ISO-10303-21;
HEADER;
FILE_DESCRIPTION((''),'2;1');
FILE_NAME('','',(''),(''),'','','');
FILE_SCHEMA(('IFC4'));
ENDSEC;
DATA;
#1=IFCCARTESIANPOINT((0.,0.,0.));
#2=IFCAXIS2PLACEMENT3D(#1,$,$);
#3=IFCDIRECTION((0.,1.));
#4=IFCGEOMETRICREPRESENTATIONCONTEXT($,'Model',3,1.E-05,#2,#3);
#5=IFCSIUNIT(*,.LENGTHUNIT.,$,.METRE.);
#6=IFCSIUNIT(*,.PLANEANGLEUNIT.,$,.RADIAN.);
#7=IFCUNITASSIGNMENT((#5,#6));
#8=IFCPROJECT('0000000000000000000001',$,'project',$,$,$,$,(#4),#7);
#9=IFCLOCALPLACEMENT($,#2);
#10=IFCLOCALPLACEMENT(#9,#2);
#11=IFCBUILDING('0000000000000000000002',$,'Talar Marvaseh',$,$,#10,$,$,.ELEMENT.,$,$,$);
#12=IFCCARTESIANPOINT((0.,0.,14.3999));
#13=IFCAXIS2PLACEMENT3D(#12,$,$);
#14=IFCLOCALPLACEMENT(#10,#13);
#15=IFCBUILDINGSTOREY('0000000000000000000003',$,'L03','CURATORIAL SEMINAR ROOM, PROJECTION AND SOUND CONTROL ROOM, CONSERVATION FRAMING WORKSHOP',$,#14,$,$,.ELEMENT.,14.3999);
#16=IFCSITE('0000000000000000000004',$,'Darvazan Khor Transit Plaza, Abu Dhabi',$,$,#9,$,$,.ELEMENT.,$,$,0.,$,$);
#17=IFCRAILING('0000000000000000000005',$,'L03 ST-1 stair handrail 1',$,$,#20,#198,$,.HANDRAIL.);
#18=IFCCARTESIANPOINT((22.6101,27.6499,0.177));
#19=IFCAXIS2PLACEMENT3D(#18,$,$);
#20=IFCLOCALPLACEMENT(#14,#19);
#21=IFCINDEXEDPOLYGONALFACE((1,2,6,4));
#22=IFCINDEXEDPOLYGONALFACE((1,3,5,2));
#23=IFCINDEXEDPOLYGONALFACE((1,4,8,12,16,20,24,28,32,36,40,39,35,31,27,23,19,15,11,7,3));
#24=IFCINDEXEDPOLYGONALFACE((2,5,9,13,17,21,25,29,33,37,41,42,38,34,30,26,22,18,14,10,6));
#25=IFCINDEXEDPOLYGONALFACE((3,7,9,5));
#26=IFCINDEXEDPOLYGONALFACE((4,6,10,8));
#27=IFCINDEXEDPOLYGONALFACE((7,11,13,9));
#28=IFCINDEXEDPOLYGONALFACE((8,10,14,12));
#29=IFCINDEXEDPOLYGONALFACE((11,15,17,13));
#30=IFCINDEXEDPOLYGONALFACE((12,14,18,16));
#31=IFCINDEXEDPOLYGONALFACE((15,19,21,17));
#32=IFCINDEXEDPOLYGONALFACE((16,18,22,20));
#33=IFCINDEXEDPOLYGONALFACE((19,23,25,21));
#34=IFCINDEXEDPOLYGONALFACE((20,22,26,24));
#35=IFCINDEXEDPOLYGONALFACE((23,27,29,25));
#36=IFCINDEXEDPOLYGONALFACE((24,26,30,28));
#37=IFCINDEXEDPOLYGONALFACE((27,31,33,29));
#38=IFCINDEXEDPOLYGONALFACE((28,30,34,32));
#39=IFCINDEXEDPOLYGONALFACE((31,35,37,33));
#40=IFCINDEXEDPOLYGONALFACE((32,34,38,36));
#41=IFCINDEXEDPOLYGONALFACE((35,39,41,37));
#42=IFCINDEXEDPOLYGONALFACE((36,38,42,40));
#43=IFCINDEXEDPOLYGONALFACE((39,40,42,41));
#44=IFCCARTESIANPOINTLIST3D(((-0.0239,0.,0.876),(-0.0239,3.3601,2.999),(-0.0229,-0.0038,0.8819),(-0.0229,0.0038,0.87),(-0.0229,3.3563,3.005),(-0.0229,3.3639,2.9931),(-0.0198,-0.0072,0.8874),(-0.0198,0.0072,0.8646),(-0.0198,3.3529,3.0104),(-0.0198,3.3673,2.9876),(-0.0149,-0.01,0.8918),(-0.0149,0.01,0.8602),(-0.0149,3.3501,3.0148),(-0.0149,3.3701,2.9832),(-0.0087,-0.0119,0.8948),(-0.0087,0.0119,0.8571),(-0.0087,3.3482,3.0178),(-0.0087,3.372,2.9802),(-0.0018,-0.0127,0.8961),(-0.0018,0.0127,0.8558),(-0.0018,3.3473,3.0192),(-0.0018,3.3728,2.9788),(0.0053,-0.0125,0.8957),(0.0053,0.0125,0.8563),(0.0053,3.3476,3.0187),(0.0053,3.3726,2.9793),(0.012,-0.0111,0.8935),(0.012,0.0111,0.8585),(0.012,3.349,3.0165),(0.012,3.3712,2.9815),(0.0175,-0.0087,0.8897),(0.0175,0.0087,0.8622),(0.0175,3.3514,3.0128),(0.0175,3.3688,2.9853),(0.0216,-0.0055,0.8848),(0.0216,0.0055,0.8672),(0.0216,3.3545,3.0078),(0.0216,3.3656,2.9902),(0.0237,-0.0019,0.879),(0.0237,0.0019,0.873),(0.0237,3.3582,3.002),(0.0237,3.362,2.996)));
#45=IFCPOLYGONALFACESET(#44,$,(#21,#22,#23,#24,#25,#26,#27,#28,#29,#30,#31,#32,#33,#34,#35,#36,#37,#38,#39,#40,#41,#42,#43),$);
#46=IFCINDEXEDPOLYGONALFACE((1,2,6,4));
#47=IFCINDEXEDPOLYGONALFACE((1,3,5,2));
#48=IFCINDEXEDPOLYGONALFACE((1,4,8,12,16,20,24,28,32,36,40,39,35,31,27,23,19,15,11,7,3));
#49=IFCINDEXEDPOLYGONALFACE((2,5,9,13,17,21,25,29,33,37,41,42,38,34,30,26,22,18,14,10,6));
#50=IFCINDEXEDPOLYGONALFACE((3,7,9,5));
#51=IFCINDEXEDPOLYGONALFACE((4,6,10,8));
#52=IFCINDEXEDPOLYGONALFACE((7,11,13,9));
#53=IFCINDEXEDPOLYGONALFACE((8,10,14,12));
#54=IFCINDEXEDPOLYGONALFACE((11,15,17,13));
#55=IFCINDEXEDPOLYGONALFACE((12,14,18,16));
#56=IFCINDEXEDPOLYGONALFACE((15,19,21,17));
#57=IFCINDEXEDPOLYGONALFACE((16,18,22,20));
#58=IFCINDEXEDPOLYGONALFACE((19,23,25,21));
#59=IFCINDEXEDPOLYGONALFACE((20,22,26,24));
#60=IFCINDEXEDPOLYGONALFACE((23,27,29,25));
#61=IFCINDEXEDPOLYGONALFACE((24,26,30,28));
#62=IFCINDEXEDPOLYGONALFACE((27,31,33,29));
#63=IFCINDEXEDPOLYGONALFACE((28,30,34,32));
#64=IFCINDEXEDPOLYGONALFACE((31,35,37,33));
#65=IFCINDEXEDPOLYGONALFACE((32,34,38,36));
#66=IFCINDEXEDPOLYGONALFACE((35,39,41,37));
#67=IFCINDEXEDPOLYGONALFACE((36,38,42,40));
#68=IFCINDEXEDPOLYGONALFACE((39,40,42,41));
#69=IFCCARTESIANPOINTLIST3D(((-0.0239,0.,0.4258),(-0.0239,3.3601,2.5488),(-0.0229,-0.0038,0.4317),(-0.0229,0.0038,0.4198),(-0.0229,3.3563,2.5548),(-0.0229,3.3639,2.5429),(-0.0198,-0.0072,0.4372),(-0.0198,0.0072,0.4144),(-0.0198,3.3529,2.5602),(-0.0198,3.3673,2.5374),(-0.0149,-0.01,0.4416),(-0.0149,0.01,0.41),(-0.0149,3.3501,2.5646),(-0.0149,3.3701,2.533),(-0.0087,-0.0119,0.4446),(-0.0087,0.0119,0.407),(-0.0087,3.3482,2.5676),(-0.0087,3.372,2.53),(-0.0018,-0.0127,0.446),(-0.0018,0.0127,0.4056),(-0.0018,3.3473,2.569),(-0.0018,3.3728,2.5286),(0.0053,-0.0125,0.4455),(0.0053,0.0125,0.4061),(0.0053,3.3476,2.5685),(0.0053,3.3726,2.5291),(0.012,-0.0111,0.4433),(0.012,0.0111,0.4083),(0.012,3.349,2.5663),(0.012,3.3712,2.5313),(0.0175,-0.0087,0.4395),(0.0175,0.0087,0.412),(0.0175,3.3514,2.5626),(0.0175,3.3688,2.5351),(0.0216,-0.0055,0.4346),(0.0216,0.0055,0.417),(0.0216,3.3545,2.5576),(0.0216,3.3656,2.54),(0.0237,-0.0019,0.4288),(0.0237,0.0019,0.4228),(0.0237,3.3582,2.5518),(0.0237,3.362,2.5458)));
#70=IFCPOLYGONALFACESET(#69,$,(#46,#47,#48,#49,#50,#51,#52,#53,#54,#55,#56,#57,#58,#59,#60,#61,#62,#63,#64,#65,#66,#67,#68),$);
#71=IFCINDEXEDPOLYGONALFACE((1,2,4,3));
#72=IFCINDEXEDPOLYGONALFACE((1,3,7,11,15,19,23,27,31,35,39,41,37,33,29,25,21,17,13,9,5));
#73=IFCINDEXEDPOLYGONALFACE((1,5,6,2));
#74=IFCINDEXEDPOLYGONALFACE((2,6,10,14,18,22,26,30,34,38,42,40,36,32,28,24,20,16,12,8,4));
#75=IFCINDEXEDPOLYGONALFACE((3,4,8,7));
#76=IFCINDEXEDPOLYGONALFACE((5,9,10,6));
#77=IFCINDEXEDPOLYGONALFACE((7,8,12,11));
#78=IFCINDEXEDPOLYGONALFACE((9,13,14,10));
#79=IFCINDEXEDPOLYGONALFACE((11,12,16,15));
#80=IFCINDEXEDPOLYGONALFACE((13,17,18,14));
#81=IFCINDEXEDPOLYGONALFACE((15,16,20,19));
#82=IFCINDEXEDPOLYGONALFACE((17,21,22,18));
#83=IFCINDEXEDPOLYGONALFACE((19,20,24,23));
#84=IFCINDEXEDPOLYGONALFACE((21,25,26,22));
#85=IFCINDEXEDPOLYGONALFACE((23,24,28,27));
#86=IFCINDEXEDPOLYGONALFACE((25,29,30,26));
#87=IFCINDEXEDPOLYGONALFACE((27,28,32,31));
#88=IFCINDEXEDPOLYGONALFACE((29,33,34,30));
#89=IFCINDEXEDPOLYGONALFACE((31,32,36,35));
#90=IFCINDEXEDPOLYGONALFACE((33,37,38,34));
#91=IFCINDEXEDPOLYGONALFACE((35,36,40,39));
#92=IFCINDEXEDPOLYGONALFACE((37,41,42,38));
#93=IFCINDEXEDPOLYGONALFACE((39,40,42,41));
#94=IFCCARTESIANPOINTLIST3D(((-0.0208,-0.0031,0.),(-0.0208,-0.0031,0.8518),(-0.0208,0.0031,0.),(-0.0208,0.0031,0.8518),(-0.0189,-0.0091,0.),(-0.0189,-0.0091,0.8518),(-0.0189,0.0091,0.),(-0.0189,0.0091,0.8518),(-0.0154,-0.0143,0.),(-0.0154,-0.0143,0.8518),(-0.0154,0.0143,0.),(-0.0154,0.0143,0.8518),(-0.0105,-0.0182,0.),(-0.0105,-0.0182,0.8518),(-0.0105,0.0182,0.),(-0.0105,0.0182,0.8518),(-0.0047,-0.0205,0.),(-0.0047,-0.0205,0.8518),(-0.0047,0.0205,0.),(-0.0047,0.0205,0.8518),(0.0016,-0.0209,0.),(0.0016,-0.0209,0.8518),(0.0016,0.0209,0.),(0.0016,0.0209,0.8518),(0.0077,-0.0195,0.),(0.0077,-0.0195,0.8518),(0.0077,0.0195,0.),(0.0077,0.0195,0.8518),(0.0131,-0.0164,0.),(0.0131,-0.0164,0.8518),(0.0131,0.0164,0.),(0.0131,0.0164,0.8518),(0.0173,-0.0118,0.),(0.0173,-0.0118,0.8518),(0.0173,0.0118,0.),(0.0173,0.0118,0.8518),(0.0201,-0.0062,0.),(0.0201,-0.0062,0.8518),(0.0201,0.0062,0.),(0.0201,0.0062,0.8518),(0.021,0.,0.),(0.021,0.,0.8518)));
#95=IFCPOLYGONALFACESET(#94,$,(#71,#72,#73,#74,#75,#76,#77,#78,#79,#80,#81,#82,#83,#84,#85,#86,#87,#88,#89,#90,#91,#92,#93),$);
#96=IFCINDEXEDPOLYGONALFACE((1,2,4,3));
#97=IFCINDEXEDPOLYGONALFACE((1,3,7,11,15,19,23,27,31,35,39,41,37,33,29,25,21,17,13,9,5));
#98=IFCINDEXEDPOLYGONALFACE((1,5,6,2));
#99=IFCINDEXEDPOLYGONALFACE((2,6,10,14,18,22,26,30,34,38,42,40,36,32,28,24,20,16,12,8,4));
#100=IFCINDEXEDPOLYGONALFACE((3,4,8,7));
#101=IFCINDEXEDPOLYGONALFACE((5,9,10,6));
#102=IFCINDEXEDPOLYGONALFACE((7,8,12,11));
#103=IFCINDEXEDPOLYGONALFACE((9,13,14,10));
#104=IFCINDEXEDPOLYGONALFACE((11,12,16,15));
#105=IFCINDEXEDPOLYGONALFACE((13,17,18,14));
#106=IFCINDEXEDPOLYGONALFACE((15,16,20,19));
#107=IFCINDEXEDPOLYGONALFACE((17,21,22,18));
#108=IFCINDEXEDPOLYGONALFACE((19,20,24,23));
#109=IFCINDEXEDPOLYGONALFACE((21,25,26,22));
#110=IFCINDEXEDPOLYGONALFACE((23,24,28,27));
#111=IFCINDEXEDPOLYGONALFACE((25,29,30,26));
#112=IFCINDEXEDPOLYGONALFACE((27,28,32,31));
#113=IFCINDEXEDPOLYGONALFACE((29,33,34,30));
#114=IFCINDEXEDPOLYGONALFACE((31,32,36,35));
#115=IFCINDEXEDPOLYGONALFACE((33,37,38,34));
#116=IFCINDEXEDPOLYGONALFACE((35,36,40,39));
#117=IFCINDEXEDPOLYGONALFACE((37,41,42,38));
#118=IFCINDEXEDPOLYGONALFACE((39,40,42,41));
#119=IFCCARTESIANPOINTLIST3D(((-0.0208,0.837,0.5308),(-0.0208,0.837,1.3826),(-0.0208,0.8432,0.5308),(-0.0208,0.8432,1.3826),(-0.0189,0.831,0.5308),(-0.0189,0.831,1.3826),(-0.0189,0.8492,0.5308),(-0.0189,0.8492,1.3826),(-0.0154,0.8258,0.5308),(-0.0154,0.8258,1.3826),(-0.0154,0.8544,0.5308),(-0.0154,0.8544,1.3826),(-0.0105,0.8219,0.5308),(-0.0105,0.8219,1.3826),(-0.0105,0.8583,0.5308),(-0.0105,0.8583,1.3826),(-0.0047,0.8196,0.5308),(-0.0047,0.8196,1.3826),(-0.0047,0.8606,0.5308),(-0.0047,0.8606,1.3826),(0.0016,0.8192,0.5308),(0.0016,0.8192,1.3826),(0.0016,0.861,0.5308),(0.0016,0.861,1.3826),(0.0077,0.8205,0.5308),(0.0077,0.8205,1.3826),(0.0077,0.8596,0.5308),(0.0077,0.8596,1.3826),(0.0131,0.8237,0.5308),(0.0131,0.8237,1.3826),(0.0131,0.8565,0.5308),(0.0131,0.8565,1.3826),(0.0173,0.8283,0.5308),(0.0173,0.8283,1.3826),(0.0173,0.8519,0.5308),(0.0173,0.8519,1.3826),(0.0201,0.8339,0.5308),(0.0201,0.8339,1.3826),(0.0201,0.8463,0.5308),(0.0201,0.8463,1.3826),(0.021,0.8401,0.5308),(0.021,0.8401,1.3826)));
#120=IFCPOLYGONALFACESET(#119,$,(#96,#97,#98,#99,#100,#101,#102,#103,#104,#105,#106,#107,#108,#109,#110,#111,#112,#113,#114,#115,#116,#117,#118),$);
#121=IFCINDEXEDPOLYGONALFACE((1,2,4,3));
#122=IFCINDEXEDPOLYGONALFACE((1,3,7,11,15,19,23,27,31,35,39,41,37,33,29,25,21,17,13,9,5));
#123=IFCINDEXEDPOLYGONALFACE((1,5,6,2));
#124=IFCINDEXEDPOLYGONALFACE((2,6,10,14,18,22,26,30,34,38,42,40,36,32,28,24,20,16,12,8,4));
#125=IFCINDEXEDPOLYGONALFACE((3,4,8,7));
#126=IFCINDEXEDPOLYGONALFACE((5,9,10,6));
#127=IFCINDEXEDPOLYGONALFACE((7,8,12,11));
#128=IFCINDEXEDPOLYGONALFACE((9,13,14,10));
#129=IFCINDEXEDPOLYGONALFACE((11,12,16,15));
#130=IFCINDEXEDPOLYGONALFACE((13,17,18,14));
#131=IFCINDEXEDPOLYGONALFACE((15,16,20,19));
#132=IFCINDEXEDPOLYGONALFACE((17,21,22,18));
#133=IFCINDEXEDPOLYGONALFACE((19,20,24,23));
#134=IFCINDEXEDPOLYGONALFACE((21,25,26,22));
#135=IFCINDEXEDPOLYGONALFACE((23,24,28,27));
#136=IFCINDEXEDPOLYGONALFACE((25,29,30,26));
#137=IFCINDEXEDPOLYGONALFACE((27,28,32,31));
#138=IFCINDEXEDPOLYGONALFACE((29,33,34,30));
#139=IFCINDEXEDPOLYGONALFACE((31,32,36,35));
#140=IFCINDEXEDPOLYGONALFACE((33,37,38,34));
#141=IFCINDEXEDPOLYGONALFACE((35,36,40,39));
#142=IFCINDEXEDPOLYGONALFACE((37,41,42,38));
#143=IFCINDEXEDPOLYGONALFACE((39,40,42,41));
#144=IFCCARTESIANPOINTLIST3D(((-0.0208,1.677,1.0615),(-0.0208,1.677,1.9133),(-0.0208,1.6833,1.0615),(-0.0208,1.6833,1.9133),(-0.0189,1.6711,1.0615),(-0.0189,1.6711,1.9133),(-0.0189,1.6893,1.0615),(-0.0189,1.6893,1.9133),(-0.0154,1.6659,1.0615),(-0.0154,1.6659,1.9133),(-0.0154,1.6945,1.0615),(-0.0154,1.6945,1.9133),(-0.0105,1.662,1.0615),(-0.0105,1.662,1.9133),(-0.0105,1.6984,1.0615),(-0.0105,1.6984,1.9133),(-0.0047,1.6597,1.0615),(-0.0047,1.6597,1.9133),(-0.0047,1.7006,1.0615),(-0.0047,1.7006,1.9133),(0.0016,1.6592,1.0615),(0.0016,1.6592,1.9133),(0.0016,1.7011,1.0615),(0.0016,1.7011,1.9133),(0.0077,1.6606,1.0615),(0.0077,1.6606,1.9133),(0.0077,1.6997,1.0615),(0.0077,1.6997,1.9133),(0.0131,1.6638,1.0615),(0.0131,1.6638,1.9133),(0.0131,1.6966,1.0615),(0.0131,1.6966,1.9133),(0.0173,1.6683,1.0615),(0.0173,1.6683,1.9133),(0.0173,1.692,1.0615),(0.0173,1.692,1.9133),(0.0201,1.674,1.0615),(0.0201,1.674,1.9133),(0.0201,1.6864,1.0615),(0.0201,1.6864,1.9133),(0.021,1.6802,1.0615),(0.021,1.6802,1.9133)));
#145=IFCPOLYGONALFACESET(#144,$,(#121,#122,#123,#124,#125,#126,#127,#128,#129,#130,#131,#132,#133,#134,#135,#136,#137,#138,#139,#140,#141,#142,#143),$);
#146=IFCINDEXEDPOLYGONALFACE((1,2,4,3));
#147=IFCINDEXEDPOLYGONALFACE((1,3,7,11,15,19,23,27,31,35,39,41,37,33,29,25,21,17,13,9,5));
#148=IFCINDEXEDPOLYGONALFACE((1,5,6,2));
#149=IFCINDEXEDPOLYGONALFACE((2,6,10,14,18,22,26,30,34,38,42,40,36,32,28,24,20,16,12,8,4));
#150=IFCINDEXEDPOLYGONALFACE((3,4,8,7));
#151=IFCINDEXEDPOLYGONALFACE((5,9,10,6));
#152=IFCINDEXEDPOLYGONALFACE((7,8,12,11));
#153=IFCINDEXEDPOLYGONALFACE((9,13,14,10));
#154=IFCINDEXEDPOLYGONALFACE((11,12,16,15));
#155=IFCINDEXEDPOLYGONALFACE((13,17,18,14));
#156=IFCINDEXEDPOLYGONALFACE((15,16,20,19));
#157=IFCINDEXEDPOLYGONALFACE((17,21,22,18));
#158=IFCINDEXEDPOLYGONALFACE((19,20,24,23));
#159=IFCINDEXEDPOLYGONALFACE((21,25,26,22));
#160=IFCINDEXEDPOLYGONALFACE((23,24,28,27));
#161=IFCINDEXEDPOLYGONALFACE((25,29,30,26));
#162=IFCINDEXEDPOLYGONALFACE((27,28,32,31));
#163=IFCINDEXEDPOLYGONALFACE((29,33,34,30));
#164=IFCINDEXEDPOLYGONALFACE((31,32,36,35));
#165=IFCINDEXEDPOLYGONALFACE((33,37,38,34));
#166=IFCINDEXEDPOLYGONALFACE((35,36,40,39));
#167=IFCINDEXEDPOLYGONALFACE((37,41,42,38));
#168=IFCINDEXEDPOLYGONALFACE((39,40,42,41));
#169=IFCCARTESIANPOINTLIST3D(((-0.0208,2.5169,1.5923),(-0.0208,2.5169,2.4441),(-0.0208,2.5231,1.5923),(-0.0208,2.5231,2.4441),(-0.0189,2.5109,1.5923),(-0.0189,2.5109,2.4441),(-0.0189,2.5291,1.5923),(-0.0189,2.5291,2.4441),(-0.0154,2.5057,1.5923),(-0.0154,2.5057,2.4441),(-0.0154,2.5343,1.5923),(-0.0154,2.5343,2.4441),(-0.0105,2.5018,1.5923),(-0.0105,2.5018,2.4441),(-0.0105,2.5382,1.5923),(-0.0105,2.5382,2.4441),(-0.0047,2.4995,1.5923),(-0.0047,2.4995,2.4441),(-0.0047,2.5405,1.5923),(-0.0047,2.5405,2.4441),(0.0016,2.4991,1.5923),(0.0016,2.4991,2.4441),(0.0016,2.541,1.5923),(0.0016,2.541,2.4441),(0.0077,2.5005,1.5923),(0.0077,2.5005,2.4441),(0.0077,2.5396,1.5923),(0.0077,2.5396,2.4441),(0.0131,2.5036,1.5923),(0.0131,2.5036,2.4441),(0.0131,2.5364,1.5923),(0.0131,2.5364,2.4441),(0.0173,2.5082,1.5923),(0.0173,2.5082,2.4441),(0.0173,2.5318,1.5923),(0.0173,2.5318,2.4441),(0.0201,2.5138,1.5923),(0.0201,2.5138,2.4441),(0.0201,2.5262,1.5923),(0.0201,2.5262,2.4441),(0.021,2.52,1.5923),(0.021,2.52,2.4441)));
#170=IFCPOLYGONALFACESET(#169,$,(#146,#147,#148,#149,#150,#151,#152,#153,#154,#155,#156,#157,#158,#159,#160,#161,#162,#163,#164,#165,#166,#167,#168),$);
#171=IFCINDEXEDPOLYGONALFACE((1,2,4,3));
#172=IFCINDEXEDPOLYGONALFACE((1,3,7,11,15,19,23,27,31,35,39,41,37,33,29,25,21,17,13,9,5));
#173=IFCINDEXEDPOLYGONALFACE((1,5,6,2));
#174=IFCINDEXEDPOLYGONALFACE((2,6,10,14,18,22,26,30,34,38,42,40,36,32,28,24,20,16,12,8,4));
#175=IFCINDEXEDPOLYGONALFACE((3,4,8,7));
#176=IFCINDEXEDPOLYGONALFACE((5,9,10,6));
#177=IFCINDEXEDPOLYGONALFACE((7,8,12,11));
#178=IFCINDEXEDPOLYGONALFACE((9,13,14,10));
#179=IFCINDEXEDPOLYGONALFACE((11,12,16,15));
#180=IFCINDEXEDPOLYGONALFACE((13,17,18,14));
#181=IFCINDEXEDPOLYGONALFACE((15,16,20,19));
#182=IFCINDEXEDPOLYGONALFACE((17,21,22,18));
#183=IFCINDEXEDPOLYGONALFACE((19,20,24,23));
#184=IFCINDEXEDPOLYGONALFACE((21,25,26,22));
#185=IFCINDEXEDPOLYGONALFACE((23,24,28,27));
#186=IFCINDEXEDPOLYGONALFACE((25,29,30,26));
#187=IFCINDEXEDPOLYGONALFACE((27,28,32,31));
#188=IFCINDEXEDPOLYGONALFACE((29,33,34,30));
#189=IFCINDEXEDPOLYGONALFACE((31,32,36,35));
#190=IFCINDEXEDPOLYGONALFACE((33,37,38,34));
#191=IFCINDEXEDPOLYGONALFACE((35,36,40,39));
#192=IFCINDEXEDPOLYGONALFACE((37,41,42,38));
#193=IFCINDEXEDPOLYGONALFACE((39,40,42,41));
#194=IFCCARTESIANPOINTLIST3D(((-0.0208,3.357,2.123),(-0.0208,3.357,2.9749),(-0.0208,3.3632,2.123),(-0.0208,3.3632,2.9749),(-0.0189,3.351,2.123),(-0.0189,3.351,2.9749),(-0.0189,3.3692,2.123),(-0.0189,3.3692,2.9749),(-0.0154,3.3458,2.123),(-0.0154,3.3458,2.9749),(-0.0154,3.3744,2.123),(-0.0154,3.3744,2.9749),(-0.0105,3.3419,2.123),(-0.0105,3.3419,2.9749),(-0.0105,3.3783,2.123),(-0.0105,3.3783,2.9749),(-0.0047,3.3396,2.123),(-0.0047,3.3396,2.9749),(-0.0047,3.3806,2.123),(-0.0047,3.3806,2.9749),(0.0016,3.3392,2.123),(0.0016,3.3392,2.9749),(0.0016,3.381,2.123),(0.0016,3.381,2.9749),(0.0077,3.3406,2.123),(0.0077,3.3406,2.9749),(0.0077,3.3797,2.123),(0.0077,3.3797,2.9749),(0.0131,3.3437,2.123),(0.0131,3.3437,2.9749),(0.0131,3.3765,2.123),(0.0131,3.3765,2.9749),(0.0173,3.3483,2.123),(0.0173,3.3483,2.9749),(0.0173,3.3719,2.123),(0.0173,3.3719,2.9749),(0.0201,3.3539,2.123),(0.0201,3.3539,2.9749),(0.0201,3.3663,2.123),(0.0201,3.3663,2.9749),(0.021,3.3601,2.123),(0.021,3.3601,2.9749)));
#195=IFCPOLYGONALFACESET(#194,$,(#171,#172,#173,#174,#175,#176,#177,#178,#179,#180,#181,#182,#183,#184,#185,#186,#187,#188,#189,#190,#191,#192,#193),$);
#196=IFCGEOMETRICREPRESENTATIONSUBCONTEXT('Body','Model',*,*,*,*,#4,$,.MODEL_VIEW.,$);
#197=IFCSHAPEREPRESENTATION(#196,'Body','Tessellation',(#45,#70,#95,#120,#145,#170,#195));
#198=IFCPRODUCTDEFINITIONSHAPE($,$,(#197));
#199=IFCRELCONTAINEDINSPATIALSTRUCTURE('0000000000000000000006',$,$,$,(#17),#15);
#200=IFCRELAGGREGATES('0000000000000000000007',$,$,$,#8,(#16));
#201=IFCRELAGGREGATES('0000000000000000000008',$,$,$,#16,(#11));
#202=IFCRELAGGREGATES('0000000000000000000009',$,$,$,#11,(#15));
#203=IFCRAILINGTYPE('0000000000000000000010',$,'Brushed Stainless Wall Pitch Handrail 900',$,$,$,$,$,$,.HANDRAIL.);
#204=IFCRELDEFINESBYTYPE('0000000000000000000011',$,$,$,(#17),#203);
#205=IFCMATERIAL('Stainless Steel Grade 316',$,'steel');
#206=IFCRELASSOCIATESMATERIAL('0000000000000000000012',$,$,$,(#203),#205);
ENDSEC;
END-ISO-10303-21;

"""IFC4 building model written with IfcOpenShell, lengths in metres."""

from ifc_helpers import new_model, si_unit, direction, frame, origin, origin_2d, place, context, subcontext, project, spatial, circle, extrude, material, type_object, element, save


model = new_model("IFC4")

# Units and contexts
model_context = context("Model", 3, precision=1e-05, world=origin(), true_north=direction((0.0, 1.0)))
body_context = subcontext(model_context, "Body", "Model", "MODEL_VIEW")
ifc_project = project(units=[si_unit("LENGTHUNIT", "METRE"), si_unit("PLANEANGLEUNIT", "RADIAN")], contexts=[model_context])

# Site, building, storey
site_placement = place(None, origin())
site = spatial("IfcSite", under=ifc_project, at=site_placement, Name="Darvazan Khor Transit Plaza, Abu Dhabi", CompositionType="ELEMENT", RefElevation=0.0)
building_placement = place(site_placement, origin())
building = spatial("IfcBuilding", under=site, at=building_placement, Name="Talar Marvaseh", CompositionType="ELEMENT")
storey_placement = place(building_placement, frame((0.0, 0.0, 14.3999)))
storey = spatial("IfcBuildingStorey", under=building, at=storey_placement, Name="L03", Description="CURATORIAL SEMINAR ROOM, PROJECTION AND SOUND CONTROL ROOM, CONSERVATION FRAMING WORKSHOP", CompositionType="ELEMENT", Elevation=14.3999)

# Shared definitions
ifc_material_1 = material(Name="Stainless Steel Grade 316", Category="steel")

# Railing
railing_type_1 = type_object("IfcRailingType", Name="Brushed Stainless Wall Pitch Handrail 900", PredefinedType="HANDRAIL", material=ifc_material_1)
railing_1_placement = place(storey_placement, frame((22.6101, 27.6499, 0.177)))
element("IfcRailing", 1, at=railing_1_placement, inside=storey, type_object=railing_type_1, Name="L03 ST-1 stair handrail 1", PredefinedType="HANDRAIL", context=body_context, shape_type="SweptSolid", body=[
    extrude(circle(Radius=0.0239, at=origin_2d()), frame((0.0, 0.0, 0.876), z_axis=(0.0, 0.84539, 0.53415), x_axis=(-1.0, 0.0, 0.0)), (0.0, 0.0, 1.0), 3.9746),
    extrude(circle(Radius=0.0239, at=origin_2d()), frame((0.0, 0.0, 0.4258), z_axis=(0.0, 0.84539, 0.53415), x_axis=(-1.0, 0.0, 0.0)), (0.0, 0.0, 1.0), 3.9746),
    extrude(circle(Radius=0.021, at=origin_2d()), origin(), (0.0, 0.0, 1.0), 0.8518),
    extrude(circle(Radius=0.021, at=origin_2d()), frame((0.0, 0.8401, 0.5308)), (0.0, 0.0, 1.0), 0.8518),
    extrude(circle(Radius=0.021, at=origin_2d()), frame((0.0, 1.6802, 1.0615)), (0.0, 0.0, 1.0), 0.8518),
    extrude(circle(Radius=0.021, at=origin_2d()), frame((0.0, 2.52, 1.5923)), (0.0, 0.0, 1.0), 0.8518),
    extrude(circle(Radius=0.021, at=origin_2d()), frame((0.0, 3.3601, 2.123)), (0.0, 0.0, 1.0), 0.8518),
])

save(model, "model.ifc")
